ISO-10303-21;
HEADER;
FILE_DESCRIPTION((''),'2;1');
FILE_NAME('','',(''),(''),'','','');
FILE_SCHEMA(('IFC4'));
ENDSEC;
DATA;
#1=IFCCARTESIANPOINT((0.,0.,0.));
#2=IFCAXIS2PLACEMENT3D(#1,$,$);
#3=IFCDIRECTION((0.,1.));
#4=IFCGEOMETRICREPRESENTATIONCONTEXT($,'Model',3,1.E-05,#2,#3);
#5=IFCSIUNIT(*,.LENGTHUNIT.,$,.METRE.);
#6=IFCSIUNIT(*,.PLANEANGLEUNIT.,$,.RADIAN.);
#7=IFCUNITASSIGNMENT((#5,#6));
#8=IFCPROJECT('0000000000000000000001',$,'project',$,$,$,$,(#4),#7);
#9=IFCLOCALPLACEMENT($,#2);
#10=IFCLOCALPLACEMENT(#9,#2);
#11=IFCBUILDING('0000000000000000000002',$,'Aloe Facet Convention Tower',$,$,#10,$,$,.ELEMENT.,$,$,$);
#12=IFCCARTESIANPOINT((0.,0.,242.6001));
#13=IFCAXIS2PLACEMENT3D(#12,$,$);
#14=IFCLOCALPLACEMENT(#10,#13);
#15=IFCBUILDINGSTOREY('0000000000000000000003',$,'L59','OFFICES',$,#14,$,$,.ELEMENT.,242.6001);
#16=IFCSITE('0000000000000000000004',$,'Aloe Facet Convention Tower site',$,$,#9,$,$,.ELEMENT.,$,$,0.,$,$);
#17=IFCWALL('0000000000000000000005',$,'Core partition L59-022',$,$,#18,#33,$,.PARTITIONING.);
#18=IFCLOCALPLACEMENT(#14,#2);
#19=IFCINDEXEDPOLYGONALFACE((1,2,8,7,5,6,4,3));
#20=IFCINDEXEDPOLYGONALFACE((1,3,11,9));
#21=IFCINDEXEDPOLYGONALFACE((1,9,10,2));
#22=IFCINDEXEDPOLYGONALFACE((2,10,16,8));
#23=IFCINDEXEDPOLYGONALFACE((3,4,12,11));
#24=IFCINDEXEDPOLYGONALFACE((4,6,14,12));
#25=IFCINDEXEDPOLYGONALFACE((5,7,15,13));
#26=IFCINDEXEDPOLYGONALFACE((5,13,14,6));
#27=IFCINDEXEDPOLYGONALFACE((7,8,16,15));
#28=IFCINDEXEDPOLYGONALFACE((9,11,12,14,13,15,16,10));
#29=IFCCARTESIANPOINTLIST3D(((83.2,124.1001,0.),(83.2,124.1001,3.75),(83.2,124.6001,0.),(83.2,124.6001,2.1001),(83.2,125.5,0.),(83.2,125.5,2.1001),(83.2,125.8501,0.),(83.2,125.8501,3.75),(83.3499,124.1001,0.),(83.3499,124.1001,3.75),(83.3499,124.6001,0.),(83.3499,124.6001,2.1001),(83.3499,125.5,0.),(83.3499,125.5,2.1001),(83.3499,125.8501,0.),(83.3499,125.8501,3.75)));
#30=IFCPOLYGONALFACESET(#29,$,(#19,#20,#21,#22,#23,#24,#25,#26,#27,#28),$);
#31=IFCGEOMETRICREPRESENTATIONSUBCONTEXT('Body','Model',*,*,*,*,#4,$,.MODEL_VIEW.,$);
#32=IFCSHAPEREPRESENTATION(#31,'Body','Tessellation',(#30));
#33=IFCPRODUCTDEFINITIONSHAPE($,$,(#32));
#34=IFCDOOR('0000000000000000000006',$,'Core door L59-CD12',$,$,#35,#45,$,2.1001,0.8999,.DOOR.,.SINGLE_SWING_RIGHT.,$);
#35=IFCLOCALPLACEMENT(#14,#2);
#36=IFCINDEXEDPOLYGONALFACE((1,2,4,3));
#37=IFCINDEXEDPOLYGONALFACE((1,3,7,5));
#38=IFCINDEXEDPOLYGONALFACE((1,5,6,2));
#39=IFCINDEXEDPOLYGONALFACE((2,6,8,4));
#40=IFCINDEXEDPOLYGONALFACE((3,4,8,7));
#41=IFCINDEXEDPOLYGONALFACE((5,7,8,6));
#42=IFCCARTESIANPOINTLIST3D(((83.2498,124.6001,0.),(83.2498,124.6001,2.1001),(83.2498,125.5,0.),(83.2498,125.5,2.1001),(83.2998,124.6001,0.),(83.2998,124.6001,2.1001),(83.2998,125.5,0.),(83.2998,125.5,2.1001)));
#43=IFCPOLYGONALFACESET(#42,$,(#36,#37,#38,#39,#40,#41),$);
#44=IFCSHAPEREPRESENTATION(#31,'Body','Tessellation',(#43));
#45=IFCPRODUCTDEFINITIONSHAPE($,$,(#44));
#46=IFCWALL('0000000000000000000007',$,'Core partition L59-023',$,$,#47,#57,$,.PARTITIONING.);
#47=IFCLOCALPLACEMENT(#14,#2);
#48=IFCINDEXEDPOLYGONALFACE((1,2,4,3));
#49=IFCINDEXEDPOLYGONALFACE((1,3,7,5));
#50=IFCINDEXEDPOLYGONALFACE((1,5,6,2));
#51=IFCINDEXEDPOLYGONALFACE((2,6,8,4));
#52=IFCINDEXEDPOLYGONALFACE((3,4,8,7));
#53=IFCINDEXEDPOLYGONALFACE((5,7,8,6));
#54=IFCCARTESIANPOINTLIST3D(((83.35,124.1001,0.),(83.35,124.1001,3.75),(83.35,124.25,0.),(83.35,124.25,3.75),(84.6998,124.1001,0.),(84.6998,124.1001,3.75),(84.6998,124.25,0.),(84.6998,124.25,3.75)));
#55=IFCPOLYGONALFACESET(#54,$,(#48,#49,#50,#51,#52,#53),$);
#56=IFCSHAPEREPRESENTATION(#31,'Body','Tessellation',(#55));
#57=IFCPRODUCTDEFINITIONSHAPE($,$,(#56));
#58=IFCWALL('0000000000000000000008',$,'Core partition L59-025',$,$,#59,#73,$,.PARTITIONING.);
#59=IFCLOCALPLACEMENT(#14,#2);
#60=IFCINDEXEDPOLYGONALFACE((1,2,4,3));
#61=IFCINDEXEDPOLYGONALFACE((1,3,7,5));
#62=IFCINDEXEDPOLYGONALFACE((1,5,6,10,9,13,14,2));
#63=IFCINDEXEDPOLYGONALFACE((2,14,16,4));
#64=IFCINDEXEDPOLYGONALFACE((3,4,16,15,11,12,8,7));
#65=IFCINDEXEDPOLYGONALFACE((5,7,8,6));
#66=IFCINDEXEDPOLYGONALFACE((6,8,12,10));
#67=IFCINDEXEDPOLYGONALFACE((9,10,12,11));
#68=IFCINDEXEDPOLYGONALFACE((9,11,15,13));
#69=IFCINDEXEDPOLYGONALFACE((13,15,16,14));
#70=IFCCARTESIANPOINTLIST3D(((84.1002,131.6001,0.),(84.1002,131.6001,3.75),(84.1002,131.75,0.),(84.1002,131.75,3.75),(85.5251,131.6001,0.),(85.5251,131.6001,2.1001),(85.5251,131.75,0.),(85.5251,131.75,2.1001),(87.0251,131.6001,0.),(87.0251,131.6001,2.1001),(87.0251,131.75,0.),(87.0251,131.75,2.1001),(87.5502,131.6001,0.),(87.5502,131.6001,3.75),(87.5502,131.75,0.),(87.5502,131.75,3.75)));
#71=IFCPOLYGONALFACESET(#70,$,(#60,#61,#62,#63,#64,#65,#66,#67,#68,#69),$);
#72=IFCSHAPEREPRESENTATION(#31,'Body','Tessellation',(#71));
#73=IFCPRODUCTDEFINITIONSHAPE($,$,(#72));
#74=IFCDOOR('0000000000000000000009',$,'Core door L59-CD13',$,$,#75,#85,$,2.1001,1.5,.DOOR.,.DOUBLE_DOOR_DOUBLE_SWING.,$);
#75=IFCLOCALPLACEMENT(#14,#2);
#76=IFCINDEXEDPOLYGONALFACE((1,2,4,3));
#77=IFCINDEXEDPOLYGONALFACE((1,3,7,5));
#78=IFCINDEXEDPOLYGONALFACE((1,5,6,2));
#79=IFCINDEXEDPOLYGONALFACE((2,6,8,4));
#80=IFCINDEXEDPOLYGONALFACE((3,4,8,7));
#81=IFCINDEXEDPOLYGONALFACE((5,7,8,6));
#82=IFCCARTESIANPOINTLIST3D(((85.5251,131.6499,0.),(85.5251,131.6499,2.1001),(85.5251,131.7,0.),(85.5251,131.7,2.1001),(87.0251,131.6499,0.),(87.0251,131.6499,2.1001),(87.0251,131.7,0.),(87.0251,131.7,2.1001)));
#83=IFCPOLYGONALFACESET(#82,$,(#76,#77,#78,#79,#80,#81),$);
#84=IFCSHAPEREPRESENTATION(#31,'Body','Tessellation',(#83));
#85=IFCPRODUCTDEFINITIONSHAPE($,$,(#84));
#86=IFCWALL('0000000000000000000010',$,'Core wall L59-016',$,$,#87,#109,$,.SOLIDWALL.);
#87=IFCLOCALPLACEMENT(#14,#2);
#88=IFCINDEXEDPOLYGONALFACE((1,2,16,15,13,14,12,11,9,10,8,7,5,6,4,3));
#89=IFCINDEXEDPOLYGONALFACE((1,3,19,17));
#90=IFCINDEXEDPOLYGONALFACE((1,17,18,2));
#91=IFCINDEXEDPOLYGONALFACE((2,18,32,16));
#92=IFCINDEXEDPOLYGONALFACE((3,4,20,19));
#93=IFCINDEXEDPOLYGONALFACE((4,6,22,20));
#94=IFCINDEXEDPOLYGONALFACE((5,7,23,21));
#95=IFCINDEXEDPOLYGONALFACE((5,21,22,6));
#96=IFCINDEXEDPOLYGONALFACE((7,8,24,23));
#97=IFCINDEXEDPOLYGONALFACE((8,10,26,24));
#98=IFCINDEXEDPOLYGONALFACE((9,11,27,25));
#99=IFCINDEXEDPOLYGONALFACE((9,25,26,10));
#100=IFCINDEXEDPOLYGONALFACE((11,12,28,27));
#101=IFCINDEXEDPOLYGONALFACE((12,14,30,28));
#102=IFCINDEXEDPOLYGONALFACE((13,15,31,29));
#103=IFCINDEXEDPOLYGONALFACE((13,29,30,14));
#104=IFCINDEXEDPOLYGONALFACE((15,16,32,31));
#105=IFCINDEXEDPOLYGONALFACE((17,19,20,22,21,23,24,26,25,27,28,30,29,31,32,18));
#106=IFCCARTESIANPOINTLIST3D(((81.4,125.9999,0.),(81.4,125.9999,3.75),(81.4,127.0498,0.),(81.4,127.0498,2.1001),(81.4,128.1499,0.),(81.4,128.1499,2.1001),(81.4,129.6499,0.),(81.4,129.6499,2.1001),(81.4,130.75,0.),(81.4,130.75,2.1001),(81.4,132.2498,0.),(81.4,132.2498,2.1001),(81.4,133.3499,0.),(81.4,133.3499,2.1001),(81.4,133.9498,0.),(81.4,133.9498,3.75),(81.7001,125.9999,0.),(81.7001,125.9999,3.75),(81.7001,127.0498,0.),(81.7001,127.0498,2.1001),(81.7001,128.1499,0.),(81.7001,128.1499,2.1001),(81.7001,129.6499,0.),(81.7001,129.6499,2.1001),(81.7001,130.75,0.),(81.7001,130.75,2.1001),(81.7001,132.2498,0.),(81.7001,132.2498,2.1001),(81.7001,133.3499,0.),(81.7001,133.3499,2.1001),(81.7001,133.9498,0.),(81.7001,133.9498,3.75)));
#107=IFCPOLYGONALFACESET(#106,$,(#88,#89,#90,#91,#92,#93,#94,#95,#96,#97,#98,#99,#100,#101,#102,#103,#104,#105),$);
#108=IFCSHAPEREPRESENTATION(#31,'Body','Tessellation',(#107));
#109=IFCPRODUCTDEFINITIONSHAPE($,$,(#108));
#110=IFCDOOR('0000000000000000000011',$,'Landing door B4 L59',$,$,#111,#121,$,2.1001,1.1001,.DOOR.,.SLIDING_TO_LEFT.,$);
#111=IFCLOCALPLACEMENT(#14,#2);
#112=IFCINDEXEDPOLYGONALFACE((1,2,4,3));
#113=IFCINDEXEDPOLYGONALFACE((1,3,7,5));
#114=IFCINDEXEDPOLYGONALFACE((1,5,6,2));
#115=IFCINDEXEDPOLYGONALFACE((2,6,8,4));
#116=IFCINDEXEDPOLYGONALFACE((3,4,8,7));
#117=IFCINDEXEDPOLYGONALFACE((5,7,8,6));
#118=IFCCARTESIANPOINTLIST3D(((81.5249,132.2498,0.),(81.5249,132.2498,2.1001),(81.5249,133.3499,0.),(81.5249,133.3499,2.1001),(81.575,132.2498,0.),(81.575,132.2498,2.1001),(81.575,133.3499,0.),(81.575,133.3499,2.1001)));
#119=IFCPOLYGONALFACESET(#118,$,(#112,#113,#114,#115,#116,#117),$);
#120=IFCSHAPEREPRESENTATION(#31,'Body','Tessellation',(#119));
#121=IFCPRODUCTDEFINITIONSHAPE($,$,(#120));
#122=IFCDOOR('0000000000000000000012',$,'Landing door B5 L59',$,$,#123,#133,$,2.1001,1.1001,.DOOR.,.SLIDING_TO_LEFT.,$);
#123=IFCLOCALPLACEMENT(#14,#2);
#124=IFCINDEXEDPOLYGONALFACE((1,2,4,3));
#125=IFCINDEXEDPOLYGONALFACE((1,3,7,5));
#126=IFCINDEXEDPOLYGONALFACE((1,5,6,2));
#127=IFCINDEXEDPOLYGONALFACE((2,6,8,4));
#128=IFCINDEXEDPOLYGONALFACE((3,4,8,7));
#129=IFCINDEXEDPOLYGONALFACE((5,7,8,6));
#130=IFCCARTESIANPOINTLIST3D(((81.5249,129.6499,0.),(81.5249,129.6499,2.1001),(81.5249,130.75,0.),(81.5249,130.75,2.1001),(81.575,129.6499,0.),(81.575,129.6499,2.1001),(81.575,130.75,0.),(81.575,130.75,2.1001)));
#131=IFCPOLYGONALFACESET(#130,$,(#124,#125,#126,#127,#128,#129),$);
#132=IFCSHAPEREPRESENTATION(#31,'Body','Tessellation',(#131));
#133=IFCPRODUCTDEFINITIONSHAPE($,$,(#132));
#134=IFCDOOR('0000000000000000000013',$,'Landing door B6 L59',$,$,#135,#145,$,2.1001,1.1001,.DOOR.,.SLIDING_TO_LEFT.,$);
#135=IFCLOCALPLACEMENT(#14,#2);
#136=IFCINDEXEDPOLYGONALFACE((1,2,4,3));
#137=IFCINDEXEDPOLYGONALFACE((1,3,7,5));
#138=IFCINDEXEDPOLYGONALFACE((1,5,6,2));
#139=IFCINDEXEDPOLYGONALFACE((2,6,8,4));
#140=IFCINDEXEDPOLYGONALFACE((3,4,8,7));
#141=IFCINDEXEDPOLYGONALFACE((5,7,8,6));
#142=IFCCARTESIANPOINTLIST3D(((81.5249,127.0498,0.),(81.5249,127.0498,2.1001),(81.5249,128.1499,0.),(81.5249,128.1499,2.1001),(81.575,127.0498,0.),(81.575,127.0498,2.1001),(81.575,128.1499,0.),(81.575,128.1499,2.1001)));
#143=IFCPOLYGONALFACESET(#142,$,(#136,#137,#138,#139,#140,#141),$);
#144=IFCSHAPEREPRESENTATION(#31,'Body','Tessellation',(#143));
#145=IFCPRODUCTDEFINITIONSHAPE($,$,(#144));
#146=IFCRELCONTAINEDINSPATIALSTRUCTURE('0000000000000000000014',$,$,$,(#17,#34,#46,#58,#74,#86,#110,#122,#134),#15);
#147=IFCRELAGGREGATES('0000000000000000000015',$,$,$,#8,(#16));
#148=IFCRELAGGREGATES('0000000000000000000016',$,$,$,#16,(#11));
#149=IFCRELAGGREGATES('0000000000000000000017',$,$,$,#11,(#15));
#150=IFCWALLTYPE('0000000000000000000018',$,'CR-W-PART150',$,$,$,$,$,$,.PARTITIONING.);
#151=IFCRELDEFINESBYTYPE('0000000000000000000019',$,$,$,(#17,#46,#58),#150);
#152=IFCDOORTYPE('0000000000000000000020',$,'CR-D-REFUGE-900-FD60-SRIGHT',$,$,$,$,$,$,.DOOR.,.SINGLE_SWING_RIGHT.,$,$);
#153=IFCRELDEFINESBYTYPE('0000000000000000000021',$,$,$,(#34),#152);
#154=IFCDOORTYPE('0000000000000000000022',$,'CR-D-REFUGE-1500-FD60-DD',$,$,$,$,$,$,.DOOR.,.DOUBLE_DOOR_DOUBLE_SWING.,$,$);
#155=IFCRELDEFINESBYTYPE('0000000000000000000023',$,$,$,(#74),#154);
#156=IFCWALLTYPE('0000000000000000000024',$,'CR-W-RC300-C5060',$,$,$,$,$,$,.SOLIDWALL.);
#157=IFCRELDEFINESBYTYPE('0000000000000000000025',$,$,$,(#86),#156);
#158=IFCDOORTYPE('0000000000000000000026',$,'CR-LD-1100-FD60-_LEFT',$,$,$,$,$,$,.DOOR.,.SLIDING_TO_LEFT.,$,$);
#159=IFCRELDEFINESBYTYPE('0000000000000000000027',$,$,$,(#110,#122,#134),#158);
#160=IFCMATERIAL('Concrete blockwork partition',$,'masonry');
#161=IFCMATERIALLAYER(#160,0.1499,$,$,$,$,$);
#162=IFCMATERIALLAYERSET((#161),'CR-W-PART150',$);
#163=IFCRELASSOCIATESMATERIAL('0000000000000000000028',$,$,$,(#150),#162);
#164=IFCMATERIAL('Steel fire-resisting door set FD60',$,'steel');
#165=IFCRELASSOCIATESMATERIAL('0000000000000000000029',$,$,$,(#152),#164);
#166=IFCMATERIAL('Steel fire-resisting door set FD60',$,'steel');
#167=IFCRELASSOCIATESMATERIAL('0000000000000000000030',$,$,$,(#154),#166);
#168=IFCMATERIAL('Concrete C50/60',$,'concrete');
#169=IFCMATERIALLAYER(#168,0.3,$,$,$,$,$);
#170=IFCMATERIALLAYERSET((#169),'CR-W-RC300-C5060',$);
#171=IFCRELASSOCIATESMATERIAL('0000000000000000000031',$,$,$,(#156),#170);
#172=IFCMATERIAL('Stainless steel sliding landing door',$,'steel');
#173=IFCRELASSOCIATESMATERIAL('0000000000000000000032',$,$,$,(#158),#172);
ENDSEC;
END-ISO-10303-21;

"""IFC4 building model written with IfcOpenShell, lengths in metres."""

from ifc_helpers import new_model, si_unit, direction, frame, frame_2d, origin, place, context, subcontext, project, spatial, rectangle, extrude, material, layer, layer_set, type_object, element, fill, save


model = new_model("IFC4")

# Units and contexts
model_context = context("Model", 3, precision=1e-05, world=origin(), true_north=direction((0.0, 1.0)))
body_context = subcontext(model_context, "Body", "Model", "MODEL_VIEW")
ifc_project = project(units=[si_unit("LENGTHUNIT", "METRE"), si_unit("PLANEANGLEUNIT", "RADIAN")], contexts=[model_context])

# Site, building, storey
site_placement = place(None, origin())
site = spatial("IfcSite", under=ifc_project, at=site_placement, Name="Aloe Facet Convention Tower site", CompositionType="ELEMENT", RefElevation=0.0)
building_placement = place(site_placement, origin())
building = spatial("IfcBuilding", under=site, at=building_placement, Name="Aloe Facet Convention Tower", CompositionType="ELEMENT")
storey_placement = place(building_placement, frame((0.0, 0.0, 242.6001)))
storey = spatial("IfcBuildingStorey", under=building, at=storey_placement, Name="L59", Description="OFFICES", CompositionType="ELEMENT", Elevation=242.6001)

# Wall, opening, door
ifc_material_1 = material(Name="Concrete blockwork partition", Category="masonry")
ifc_layer_1 = layer(ifc_material_1, 0.1499)
ifc_layer_set_1 = layer_set([ifc_layer_1], Name="CR-W-PART150")
wall_type_1 = type_object("IfcWallType", Name="CR-W-PART150", PredefinedType="PARTITIONING", material=ifc_layer_set_1)
wall_1_placement = place(storey_placement, frame((83.2749, 125.8501, 0.0), z_axis=(0.0, 0.0, 1.0), x_axis=(0.0, -1.0, 0.0)))
wall_1 = element("IfcWall", 1, at=wall_1_placement, inside=storey, type_object=wall_type_1, Name="Core partition L59-022", PredefinedType="PARTITIONING", context=body_context, shape_type="SweptSolid", body=[
    extrude(rectangle(XDim=1.75, YDim=0.1499, at=frame_2d((0.875, 0.0))), origin(), (0.0, 0.0, 1.0), 3.75),
])
opening_1_placement = place(wall_1_placement, frame((0.3501, 0.0, 0.0)))
opening_1 = element("IfcOpeningElement", 2, at=opening_1_placement, cuts=wall_1, PredefinedType="OPENING", context=body_context, shape_type="SweptSolid", body=[
    extrude(rectangle(XDim=0.8999, YDim=2.1001, at=frame_2d((0.45, 1.05))), frame((0.0, 0.085, 0.0), z_axis=(0.0, -1.0, 0.0), x_axis=(1.0, 0.0, 0.0)), (0.0, 0.0, 1.0), 0.1699),
])
ifc_material_2 = material(Name="Steel fire-resisting door set FD60", Category="steel")
door_type_1 = type_object("IfcDoorType", Name="CR-D-REFUGE-900-FD60-SRIGHT", OperationType="SINGLE_SWING_RIGHT", PredefinedType="DOOR", material=ifc_material_2)
door_1_placement = place(opening_1_placement, origin())
door_1 = element("IfcDoor", 3, at=door_1_placement, inside=storey, type_object=door_type_1, Name="Core door L59-CD12", OperationType="SINGLE_SWING_RIGHT", OverallHeight=2.1001, OverallWidth=0.8999, PredefinedType="DOOR", context=body_context, shape_type="SweptSolid", body=[
    extrude(rectangle(XDim=0.8999, YDim=2.1001, at=frame_2d((0.45, 1.05))), frame((0.0, 0.0249, 0.0), z_axis=(0.0, -1.0, 0.0), x_axis=(1.0, 0.0, 0.0)), (0.0, 0.0, 1.0), 0.05),
])
fill(opening_1, door_1)

# Wall
wall_2_placement = place(storey_placement, frame((83.3501, 124.175, 0.0), z_axis=(0.0, 0.0, 1.0), x_axis=(1.0, 0.0, 0.0)))
element("IfcWall", 4, at=wall_2_placement, inside=storey, type_object=wall_type_1, Name="Core partition L59-023", PredefinedType="PARTITIONING", context=body_context, shape_type="SweptSolid", body=[
    extrude(rectangle(XDim=1.3499, YDim=0.1499, at=frame_2d((0.6748, 0.0))), origin(), (0.0, 0.0, 1.0), 3.75),
])

# Wall, opening, door
wall_3_placement = place(storey_placement, frame((84.1001, 131.675, 0.0), z_axis=(0.0, 0.0, 1.0), x_axis=(1.0, 0.0, 0.0)))
wall_3 = element("IfcWall", 5, at=wall_3_placement, inside=storey, type_object=wall_type_1, Name="Core partition L59-025", PredefinedType="PARTITIONING", context=body_context, shape_type="SweptSolid", body=[
    extrude(rectangle(XDim=3.45, YDim=0.1499, at=frame_2d((1.7251, 0.0))), origin(), (0.0, 0.0, 1.0), 3.75),
])
opening_2_placement = place(wall_3_placement, frame((1.425, 0.0, 0.0)))
opening_2 = element("IfcOpeningElement", 6, at=opening_2_placement, cuts=wall_3, PredefinedType="OPENING", context=body_context, shape_type="SweptSolid", body=[
    extrude(rectangle(XDim=1.5, YDim=2.1001, at=frame_2d((0.75, 1.05))), frame((0.0, 0.085, 0.0), z_axis=(0.0, -1.0, 0.0), x_axis=(1.0, 0.0, 0.0)), (0.0, 0.0, 1.0), 0.1699),
])
ifc_material_3 = material(Name="Steel fire-resisting door set FD60", Category="steel")
door_type_2 = type_object("IfcDoorType", Name="CR-D-REFUGE-1500-FD60-DD", OperationType="DOUBLE_DOOR_DOUBLE_SWING", PredefinedType="DOOR", material=ifc_material_3)
door_2_placement = place(opening_2_placement, origin())
door_2 = element("IfcDoor", 7, at=door_2_placement, inside=storey, type_object=door_type_2, Name="Core door L59-CD13", OperationType="DOUBLE_DOOR_DOUBLE_SWING", OverallHeight=2.1001, OverallWidth=1.5, PredefinedType="DOOR", context=body_context, shape_type="SweptSolid", body=[
    extrude(rectangle(XDim=1.5, YDim=2.1001, at=frame_2d((0.75, 1.05))), frame((0.0, 0.0249, 0.0), z_axis=(0.0, -1.0, 0.0), x_axis=(1.0, 0.0, 0.0)), (0.0, 0.0, 1.0), 0.05),
])
fill(opening_2, door_2)

# Wall, openings, doors
ifc_material_4 = material(Name="Concrete C50/60", Category="concrete")
ifc_layer_2 = layer(ifc_material_4, 0.3)
ifc_layer_set_2 = layer_set([ifc_layer_2], Name="CR-W-RC300-C5060")
wall_type_2 = type_object("IfcWallType", Name="CR-W-RC300-C5060", PredefinedType="SOLIDWALL", material=ifc_layer_set_2)
wall_4_placement = place(storey_placement, frame((81.55, 133.95, 0.0), z_axis=(0.0, 0.0, 1.0), x_axis=(0.0, -1.0, 0.0)))
wall_4 = element("IfcWall", 8, at=wall_4_placement, inside=storey, type_object=wall_type_2, Name="Core wall L59-016", PredefinedType="SOLIDWALL", context=body_context, shape_type="SweptSolid", body=[
    extrude(rectangle(XDim=7.95, YDim=0.3, at=frame_2d((3.9751, 0.0))), origin(), (0.0, 0.0, 1.0), 3.75),
])
opening_3_placement = place(wall_4_placement, frame((0.6001, 0.0, 0.0)))
opening_3 = element("IfcOpeningElement", 9, at=opening_3_placement, cuts=wall_4, PredefinedType="OPENING", context=body_context, shape_type="SweptSolid", body=[
    extrude(rectangle(XDim=1.1001, YDim=2.1001, at=frame_2d((0.55, 1.05))), frame((0.0, 0.1602, 0.0), z_axis=(0.0, -1.0, 0.0), x_axis=(1.0, 0.0, 0.0)), (0.0, 0.0, 1.0), 0.3201),
])
opening_4_placement = place(wall_4_placement, frame((3.2, 0.0, 0.0)))
opening_4 = element("IfcOpeningElement", 10, at=opening_4_placement, cuts=wall_4, PredefinedType="OPENING", context=body_context, shape_type="SweptSolid", body=[
    extrude(rectangle(XDim=1.1001, YDim=2.1001, at=frame_2d((0.55, 1.05))), frame((0.0, 0.1602, 0.0), z_axis=(0.0, -1.0, 0.0), x_axis=(1.0, 0.0, 0.0)), (0.0, 0.0, 1.0), 0.3201),
])
opening_5_placement = place(wall_4_placement, frame((5.8, 0.0, 0.0)))
opening_5 = element("IfcOpeningElement", 11, at=opening_5_placement, cuts=wall_4, PredefinedType="OPENING", context=body_context, shape_type="SweptSolid", body=[
    extrude(rectangle(XDim=1.1001, YDim=2.1001, at=frame_2d((0.55, 1.05))), frame((0.0, 0.1602, 0.0), z_axis=(0.0, -1.0, 0.0), x_axis=(1.0, 0.0, 0.0)), (0.0, 0.0, 1.0), 0.3201),
])
ifc_material_5 = material(Name="Stainless steel sliding landing door", Category="steel")
door_type_3 = type_object("IfcDoorType", Name="CR-LD-1100-FD60-_LEFT", OperationType="SLIDING_TO_LEFT", PredefinedType="DOOR", material=ifc_material_5)
door_3_placement = place(opening_3_placement, origin())
door_3 = element("IfcDoor", 12, at=door_3_placement, inside=storey, type_object=door_type_3, Name="Landing door B4 L59", OperationType="SLIDING_TO_LEFT", OverallHeight=2.1001, OverallWidth=1.1001, PredefinedType="DOOR", context=body_context, shape_type="SweptSolid", body=[
    extrude(rectangle(XDim=1.1001, YDim=2.1001, at=frame_2d((0.55, 1.05))), frame((0.0, 0.0249, 0.0), z_axis=(0.0, -1.0, 0.0), x_axis=(1.0, 0.0, 0.0)), (0.0, 0.0, 1.0), 0.05),
])
fill(opening_3, door_3)
door_4_placement = place(opening_4_placement, origin())
door_4 = element("IfcDoor", 13, at=door_4_placement, inside=storey, type_object=door_type_3, Name="Landing door B5 L59", OperationType="SLIDING_TO_LEFT", OverallHeight=2.1001, OverallWidth=1.1001, PredefinedType="DOOR", context=body_context, shape_type="SweptSolid", body=[
    extrude(rectangle(XDim=1.1001, YDim=2.1001, at=frame_2d((0.55, 1.05))), frame((0.0, 0.0249, 0.0), z_axis=(0.0, -1.0, 0.0), x_axis=(1.0, 0.0, 0.0)), (0.0, 0.0, 1.0), 0.05),
])
fill(opening_4, door_4)
door_5_placement = place(opening_5_placement, origin())
door_5 = element("IfcDoor", 14, at=door_5_placement, inside=storey, type_object=door_type_3, Name="Landing door B6 L59", OperationType="SLIDING_TO_LEFT", OverallHeight=2.1001, OverallWidth=1.1001, PredefinedType="DOOR", context=body_context, shape_type="SweptSolid", body=[
    extrude(rectangle(XDim=1.1001, YDim=2.1001, at=frame_2d((0.55, 1.05))), frame((0.0, 0.0249, 0.0), z_axis=(0.0, -1.0, 0.0), x_axis=(1.0, 0.0, 0.0)), (0.0, 0.0, 1.0), 0.05),
])
fill(opening_5, door_5)

save(model, "model.ifc")
